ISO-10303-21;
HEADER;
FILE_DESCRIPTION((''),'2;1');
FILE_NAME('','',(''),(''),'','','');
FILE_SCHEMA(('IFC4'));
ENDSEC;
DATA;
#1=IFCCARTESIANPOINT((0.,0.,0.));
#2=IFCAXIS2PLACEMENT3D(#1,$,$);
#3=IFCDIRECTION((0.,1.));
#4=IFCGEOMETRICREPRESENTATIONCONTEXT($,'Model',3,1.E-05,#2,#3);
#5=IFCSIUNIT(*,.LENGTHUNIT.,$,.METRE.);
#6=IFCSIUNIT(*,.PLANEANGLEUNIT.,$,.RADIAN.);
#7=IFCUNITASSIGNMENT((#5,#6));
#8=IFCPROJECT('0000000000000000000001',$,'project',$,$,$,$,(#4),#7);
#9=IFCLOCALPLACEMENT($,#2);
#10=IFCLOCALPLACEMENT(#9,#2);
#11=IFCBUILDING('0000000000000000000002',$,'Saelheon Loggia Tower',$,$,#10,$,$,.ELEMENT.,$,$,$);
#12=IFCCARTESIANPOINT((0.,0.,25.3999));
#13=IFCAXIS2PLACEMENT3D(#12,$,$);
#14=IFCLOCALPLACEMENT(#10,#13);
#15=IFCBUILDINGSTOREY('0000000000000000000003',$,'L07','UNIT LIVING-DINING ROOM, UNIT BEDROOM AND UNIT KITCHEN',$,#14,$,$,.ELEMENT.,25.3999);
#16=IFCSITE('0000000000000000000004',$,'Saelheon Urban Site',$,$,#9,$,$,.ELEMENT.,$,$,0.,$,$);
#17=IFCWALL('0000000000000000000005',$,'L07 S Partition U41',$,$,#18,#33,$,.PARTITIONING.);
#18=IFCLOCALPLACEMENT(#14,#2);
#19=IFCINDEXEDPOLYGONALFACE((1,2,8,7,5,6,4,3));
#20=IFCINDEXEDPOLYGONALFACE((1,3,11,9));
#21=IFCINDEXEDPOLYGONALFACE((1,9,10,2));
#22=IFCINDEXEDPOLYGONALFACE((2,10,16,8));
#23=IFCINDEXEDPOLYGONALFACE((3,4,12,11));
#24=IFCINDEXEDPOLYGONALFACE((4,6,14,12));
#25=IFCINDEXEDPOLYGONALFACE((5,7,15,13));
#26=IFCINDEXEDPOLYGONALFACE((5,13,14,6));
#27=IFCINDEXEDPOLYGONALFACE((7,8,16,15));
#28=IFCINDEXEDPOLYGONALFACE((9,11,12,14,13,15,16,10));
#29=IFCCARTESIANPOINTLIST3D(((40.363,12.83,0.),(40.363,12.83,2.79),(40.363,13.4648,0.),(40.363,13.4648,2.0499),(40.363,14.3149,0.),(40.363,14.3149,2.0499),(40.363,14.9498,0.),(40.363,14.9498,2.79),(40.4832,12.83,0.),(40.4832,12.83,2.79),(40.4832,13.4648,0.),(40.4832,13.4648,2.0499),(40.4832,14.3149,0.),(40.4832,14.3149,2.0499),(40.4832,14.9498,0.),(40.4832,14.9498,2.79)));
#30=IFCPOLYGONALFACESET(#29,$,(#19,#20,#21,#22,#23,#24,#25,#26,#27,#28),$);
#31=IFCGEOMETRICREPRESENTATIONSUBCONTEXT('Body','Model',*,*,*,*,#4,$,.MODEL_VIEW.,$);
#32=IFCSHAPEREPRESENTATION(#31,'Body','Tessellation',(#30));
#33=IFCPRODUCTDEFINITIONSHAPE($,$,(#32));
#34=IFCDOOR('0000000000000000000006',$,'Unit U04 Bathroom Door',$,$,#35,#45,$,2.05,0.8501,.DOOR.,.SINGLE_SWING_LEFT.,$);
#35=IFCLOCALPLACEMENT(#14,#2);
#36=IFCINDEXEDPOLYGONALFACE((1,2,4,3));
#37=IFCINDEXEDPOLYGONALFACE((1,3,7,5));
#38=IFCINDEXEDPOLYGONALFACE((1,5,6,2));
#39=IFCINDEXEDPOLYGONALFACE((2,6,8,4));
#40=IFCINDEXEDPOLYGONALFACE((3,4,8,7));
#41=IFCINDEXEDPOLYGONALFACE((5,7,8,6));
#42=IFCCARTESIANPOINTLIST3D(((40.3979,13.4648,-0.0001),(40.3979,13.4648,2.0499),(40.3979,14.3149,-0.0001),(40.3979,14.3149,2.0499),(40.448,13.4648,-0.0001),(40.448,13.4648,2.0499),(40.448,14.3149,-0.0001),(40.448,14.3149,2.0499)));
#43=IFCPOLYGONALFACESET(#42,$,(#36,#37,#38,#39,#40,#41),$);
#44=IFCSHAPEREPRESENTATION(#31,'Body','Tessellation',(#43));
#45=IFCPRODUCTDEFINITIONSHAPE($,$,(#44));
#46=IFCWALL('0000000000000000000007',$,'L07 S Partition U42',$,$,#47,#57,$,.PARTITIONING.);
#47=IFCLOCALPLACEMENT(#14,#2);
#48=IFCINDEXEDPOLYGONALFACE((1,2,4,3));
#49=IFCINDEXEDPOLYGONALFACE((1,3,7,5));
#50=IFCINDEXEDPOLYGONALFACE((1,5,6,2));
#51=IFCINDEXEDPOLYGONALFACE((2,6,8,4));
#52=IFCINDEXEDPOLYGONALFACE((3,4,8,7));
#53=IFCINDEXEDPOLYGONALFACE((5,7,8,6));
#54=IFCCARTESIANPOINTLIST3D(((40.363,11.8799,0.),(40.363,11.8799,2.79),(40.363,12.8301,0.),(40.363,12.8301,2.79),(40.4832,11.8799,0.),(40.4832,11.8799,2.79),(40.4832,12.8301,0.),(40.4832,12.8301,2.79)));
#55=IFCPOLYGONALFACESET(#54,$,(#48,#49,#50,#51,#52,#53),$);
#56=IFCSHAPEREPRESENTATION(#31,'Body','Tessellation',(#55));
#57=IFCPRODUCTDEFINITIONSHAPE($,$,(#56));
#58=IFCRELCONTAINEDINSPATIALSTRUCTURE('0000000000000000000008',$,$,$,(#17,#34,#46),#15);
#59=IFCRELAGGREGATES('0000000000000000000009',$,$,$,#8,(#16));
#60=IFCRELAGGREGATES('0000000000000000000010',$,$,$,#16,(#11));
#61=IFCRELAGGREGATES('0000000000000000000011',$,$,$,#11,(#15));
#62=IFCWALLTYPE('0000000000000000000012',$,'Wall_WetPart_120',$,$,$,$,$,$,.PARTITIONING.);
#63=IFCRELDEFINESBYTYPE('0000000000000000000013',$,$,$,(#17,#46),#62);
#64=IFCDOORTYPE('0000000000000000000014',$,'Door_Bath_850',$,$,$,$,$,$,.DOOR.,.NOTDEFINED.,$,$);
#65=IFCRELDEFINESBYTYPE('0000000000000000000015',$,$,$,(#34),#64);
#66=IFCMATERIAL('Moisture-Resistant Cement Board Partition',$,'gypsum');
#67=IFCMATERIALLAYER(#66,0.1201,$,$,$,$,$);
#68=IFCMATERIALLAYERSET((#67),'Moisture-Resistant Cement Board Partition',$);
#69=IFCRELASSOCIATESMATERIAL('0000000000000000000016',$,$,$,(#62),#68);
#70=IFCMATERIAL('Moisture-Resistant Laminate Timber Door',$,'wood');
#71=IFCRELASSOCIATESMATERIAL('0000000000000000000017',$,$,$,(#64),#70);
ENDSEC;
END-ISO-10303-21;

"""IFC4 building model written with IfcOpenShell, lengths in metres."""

from ifc_helpers import new_model, si_unit, direction, frame, frame_2d, origin, place, context, subcontext, project, spatial, rectangle, extrude, source, transform, mapped, material, layer, layer_set, type_object, element, fill, save


model = new_model("IFC4")

# Units and contexts
model_context = context("Model", 3, precision=1e-05, world=origin(), true_north=direction((0.0, 1.0)))
body_context = subcontext(model_context, "Body", "Model", "MODEL_VIEW")
ifc_project = project(units=[si_unit("LENGTHUNIT", "METRE"), si_unit("PLANEANGLEUNIT", "RADIAN")], contexts=[model_context])

# Site, building, storey
site_placement = place(None, origin())
site = spatial("IfcSite", under=ifc_project, at=site_placement, Name="Saelheon Urban Site", CompositionType="ELEMENT", RefElevation=0.0)
building_placement = place(site_placement, origin())
building = spatial("IfcBuilding", under=site, at=building_placement, Name="Saelheon Loggia Tower", CompositionType="ELEMENT")
storey_placement = place(building_placement, frame((0.0, 0.0, 25.3999)))
storey = spatial("IfcBuildingStorey", under=building, at=storey_placement, Name="L07", Description="UNIT LIVING-DINING ROOM, UNIT BEDROOM AND UNIT KITCHEN", CompositionType="ELEMENT", Elevation=25.3999)

# Shared definitions
ifc_material_1 = material(Name="Moisture-Resistant Cement Board Partition", Category="gypsum")
ifc_layer_1 = layer(ifc_material_1, 0.1201)
ifc_layer_set_1 = layer_set([ifc_layer_1], Name="Moisture-Resistant Cement Board Partition")
wall_type_1 = type_object("IfcWallType", Name="Wall_WetPart_120", PredefinedType="PARTITIONING", material=ifc_layer_set_1)

# Wall, opening, door
wall_1_placement = place(storey_placement, frame((40.4231, 14.95, 0.0), z_axis=(0.0, 0.0, 1.0), x_axis=(0.0, -1.0, 0.0)))
wall_1 = element("IfcWall", 1, at=wall_1_placement, inside=storey, type_object=wall_type_1, Name="L07 S Partition U41", PredefinedType="PARTITIONING", context=body_context, shape_type="SweptSolid", body=[
    extrude(rectangle(XDim=2.1199, YDim=0.1201, at=frame_2d((1.0601, 0.0))), origin(), (0.0, 0.0, 1.0), 2.79),
])
opening_1_placement = place(wall_1_placement, frame((0.635, 0.0, 0.0)))
opening_1 = element("IfcOpeningElement", 2, at=opening_1_placement, cuts=wall_1, PredefinedType="OPENING", context=body_context, shape_type="SweptSolid", body=[
    extrude(rectangle(XDim=0.8501, YDim=2.05, at=frame_2d((0.425, 1.0249))), frame((0.0, 0.072, 0.0), z_axis=(0.0, -1.0, 0.0), x_axis=(1.0, 0.0, 0.0)), (0.0, 0.0, 1.0), 0.144),
])
ifc_material_2 = material(Name="Moisture-Resistant Laminate Timber Door", Category="wood")
door_type_1 = type_object("IfcDoorType", Name="Door_Bath_850", OperationType="NOTDEFINED", PredefinedType="DOOR", material=ifc_material_2)
shared_shape_1 = source(origin(), body_context, "Body", "SweptSolid", [
    extrude(rectangle(XDim=0.8501, YDim=2.05, at=frame_2d((0.425, 1.0249))), frame((0.0, 0.0249, 0.0), z_axis=(0.0, -1.0, 0.0), x_axis=(1.0, 0.0, 0.0)), (0.0, 0.0, 1.0), 0.05),
])
door_1_placement = place(opening_1_placement, origin())
door_1 = element("IfcDoor", 3, at=door_1_placement, inside=storey, type_object=door_type_1, Name="Unit U04 Bathroom Door", OperationType="SINGLE_SWING_LEFT", OverallHeight=2.05, OverallWidth=0.8501, PredefinedType="DOOR", context=body_context, shape_type="MappedRepresentation", body=[
    mapped(shared_shape_1, transform((0.0, 0.0, 0.0), scale=1.0)),
])
fill(opening_1, door_1)

# Wall
wall_2_placement = place(storey_placement, frame((40.4231, 12.8301, 0.0), z_axis=(0.0, 0.0, 1.0), x_axis=(0.0, -1.0, 0.0)))
element("IfcWall", 4, at=wall_2_placement, inside=storey, type_object=wall_type_1, Name="L07 S Partition U42", PredefinedType="PARTITIONING", context=body_context, shape_type="SweptSolid", body=[
    extrude(rectangle(XDim=0.9502, YDim=0.1201, at=frame_2d((0.4751, 0.0))), origin(), (0.0, 0.0, 1.0), 2.79),
])

save(model, "model.ifc")
